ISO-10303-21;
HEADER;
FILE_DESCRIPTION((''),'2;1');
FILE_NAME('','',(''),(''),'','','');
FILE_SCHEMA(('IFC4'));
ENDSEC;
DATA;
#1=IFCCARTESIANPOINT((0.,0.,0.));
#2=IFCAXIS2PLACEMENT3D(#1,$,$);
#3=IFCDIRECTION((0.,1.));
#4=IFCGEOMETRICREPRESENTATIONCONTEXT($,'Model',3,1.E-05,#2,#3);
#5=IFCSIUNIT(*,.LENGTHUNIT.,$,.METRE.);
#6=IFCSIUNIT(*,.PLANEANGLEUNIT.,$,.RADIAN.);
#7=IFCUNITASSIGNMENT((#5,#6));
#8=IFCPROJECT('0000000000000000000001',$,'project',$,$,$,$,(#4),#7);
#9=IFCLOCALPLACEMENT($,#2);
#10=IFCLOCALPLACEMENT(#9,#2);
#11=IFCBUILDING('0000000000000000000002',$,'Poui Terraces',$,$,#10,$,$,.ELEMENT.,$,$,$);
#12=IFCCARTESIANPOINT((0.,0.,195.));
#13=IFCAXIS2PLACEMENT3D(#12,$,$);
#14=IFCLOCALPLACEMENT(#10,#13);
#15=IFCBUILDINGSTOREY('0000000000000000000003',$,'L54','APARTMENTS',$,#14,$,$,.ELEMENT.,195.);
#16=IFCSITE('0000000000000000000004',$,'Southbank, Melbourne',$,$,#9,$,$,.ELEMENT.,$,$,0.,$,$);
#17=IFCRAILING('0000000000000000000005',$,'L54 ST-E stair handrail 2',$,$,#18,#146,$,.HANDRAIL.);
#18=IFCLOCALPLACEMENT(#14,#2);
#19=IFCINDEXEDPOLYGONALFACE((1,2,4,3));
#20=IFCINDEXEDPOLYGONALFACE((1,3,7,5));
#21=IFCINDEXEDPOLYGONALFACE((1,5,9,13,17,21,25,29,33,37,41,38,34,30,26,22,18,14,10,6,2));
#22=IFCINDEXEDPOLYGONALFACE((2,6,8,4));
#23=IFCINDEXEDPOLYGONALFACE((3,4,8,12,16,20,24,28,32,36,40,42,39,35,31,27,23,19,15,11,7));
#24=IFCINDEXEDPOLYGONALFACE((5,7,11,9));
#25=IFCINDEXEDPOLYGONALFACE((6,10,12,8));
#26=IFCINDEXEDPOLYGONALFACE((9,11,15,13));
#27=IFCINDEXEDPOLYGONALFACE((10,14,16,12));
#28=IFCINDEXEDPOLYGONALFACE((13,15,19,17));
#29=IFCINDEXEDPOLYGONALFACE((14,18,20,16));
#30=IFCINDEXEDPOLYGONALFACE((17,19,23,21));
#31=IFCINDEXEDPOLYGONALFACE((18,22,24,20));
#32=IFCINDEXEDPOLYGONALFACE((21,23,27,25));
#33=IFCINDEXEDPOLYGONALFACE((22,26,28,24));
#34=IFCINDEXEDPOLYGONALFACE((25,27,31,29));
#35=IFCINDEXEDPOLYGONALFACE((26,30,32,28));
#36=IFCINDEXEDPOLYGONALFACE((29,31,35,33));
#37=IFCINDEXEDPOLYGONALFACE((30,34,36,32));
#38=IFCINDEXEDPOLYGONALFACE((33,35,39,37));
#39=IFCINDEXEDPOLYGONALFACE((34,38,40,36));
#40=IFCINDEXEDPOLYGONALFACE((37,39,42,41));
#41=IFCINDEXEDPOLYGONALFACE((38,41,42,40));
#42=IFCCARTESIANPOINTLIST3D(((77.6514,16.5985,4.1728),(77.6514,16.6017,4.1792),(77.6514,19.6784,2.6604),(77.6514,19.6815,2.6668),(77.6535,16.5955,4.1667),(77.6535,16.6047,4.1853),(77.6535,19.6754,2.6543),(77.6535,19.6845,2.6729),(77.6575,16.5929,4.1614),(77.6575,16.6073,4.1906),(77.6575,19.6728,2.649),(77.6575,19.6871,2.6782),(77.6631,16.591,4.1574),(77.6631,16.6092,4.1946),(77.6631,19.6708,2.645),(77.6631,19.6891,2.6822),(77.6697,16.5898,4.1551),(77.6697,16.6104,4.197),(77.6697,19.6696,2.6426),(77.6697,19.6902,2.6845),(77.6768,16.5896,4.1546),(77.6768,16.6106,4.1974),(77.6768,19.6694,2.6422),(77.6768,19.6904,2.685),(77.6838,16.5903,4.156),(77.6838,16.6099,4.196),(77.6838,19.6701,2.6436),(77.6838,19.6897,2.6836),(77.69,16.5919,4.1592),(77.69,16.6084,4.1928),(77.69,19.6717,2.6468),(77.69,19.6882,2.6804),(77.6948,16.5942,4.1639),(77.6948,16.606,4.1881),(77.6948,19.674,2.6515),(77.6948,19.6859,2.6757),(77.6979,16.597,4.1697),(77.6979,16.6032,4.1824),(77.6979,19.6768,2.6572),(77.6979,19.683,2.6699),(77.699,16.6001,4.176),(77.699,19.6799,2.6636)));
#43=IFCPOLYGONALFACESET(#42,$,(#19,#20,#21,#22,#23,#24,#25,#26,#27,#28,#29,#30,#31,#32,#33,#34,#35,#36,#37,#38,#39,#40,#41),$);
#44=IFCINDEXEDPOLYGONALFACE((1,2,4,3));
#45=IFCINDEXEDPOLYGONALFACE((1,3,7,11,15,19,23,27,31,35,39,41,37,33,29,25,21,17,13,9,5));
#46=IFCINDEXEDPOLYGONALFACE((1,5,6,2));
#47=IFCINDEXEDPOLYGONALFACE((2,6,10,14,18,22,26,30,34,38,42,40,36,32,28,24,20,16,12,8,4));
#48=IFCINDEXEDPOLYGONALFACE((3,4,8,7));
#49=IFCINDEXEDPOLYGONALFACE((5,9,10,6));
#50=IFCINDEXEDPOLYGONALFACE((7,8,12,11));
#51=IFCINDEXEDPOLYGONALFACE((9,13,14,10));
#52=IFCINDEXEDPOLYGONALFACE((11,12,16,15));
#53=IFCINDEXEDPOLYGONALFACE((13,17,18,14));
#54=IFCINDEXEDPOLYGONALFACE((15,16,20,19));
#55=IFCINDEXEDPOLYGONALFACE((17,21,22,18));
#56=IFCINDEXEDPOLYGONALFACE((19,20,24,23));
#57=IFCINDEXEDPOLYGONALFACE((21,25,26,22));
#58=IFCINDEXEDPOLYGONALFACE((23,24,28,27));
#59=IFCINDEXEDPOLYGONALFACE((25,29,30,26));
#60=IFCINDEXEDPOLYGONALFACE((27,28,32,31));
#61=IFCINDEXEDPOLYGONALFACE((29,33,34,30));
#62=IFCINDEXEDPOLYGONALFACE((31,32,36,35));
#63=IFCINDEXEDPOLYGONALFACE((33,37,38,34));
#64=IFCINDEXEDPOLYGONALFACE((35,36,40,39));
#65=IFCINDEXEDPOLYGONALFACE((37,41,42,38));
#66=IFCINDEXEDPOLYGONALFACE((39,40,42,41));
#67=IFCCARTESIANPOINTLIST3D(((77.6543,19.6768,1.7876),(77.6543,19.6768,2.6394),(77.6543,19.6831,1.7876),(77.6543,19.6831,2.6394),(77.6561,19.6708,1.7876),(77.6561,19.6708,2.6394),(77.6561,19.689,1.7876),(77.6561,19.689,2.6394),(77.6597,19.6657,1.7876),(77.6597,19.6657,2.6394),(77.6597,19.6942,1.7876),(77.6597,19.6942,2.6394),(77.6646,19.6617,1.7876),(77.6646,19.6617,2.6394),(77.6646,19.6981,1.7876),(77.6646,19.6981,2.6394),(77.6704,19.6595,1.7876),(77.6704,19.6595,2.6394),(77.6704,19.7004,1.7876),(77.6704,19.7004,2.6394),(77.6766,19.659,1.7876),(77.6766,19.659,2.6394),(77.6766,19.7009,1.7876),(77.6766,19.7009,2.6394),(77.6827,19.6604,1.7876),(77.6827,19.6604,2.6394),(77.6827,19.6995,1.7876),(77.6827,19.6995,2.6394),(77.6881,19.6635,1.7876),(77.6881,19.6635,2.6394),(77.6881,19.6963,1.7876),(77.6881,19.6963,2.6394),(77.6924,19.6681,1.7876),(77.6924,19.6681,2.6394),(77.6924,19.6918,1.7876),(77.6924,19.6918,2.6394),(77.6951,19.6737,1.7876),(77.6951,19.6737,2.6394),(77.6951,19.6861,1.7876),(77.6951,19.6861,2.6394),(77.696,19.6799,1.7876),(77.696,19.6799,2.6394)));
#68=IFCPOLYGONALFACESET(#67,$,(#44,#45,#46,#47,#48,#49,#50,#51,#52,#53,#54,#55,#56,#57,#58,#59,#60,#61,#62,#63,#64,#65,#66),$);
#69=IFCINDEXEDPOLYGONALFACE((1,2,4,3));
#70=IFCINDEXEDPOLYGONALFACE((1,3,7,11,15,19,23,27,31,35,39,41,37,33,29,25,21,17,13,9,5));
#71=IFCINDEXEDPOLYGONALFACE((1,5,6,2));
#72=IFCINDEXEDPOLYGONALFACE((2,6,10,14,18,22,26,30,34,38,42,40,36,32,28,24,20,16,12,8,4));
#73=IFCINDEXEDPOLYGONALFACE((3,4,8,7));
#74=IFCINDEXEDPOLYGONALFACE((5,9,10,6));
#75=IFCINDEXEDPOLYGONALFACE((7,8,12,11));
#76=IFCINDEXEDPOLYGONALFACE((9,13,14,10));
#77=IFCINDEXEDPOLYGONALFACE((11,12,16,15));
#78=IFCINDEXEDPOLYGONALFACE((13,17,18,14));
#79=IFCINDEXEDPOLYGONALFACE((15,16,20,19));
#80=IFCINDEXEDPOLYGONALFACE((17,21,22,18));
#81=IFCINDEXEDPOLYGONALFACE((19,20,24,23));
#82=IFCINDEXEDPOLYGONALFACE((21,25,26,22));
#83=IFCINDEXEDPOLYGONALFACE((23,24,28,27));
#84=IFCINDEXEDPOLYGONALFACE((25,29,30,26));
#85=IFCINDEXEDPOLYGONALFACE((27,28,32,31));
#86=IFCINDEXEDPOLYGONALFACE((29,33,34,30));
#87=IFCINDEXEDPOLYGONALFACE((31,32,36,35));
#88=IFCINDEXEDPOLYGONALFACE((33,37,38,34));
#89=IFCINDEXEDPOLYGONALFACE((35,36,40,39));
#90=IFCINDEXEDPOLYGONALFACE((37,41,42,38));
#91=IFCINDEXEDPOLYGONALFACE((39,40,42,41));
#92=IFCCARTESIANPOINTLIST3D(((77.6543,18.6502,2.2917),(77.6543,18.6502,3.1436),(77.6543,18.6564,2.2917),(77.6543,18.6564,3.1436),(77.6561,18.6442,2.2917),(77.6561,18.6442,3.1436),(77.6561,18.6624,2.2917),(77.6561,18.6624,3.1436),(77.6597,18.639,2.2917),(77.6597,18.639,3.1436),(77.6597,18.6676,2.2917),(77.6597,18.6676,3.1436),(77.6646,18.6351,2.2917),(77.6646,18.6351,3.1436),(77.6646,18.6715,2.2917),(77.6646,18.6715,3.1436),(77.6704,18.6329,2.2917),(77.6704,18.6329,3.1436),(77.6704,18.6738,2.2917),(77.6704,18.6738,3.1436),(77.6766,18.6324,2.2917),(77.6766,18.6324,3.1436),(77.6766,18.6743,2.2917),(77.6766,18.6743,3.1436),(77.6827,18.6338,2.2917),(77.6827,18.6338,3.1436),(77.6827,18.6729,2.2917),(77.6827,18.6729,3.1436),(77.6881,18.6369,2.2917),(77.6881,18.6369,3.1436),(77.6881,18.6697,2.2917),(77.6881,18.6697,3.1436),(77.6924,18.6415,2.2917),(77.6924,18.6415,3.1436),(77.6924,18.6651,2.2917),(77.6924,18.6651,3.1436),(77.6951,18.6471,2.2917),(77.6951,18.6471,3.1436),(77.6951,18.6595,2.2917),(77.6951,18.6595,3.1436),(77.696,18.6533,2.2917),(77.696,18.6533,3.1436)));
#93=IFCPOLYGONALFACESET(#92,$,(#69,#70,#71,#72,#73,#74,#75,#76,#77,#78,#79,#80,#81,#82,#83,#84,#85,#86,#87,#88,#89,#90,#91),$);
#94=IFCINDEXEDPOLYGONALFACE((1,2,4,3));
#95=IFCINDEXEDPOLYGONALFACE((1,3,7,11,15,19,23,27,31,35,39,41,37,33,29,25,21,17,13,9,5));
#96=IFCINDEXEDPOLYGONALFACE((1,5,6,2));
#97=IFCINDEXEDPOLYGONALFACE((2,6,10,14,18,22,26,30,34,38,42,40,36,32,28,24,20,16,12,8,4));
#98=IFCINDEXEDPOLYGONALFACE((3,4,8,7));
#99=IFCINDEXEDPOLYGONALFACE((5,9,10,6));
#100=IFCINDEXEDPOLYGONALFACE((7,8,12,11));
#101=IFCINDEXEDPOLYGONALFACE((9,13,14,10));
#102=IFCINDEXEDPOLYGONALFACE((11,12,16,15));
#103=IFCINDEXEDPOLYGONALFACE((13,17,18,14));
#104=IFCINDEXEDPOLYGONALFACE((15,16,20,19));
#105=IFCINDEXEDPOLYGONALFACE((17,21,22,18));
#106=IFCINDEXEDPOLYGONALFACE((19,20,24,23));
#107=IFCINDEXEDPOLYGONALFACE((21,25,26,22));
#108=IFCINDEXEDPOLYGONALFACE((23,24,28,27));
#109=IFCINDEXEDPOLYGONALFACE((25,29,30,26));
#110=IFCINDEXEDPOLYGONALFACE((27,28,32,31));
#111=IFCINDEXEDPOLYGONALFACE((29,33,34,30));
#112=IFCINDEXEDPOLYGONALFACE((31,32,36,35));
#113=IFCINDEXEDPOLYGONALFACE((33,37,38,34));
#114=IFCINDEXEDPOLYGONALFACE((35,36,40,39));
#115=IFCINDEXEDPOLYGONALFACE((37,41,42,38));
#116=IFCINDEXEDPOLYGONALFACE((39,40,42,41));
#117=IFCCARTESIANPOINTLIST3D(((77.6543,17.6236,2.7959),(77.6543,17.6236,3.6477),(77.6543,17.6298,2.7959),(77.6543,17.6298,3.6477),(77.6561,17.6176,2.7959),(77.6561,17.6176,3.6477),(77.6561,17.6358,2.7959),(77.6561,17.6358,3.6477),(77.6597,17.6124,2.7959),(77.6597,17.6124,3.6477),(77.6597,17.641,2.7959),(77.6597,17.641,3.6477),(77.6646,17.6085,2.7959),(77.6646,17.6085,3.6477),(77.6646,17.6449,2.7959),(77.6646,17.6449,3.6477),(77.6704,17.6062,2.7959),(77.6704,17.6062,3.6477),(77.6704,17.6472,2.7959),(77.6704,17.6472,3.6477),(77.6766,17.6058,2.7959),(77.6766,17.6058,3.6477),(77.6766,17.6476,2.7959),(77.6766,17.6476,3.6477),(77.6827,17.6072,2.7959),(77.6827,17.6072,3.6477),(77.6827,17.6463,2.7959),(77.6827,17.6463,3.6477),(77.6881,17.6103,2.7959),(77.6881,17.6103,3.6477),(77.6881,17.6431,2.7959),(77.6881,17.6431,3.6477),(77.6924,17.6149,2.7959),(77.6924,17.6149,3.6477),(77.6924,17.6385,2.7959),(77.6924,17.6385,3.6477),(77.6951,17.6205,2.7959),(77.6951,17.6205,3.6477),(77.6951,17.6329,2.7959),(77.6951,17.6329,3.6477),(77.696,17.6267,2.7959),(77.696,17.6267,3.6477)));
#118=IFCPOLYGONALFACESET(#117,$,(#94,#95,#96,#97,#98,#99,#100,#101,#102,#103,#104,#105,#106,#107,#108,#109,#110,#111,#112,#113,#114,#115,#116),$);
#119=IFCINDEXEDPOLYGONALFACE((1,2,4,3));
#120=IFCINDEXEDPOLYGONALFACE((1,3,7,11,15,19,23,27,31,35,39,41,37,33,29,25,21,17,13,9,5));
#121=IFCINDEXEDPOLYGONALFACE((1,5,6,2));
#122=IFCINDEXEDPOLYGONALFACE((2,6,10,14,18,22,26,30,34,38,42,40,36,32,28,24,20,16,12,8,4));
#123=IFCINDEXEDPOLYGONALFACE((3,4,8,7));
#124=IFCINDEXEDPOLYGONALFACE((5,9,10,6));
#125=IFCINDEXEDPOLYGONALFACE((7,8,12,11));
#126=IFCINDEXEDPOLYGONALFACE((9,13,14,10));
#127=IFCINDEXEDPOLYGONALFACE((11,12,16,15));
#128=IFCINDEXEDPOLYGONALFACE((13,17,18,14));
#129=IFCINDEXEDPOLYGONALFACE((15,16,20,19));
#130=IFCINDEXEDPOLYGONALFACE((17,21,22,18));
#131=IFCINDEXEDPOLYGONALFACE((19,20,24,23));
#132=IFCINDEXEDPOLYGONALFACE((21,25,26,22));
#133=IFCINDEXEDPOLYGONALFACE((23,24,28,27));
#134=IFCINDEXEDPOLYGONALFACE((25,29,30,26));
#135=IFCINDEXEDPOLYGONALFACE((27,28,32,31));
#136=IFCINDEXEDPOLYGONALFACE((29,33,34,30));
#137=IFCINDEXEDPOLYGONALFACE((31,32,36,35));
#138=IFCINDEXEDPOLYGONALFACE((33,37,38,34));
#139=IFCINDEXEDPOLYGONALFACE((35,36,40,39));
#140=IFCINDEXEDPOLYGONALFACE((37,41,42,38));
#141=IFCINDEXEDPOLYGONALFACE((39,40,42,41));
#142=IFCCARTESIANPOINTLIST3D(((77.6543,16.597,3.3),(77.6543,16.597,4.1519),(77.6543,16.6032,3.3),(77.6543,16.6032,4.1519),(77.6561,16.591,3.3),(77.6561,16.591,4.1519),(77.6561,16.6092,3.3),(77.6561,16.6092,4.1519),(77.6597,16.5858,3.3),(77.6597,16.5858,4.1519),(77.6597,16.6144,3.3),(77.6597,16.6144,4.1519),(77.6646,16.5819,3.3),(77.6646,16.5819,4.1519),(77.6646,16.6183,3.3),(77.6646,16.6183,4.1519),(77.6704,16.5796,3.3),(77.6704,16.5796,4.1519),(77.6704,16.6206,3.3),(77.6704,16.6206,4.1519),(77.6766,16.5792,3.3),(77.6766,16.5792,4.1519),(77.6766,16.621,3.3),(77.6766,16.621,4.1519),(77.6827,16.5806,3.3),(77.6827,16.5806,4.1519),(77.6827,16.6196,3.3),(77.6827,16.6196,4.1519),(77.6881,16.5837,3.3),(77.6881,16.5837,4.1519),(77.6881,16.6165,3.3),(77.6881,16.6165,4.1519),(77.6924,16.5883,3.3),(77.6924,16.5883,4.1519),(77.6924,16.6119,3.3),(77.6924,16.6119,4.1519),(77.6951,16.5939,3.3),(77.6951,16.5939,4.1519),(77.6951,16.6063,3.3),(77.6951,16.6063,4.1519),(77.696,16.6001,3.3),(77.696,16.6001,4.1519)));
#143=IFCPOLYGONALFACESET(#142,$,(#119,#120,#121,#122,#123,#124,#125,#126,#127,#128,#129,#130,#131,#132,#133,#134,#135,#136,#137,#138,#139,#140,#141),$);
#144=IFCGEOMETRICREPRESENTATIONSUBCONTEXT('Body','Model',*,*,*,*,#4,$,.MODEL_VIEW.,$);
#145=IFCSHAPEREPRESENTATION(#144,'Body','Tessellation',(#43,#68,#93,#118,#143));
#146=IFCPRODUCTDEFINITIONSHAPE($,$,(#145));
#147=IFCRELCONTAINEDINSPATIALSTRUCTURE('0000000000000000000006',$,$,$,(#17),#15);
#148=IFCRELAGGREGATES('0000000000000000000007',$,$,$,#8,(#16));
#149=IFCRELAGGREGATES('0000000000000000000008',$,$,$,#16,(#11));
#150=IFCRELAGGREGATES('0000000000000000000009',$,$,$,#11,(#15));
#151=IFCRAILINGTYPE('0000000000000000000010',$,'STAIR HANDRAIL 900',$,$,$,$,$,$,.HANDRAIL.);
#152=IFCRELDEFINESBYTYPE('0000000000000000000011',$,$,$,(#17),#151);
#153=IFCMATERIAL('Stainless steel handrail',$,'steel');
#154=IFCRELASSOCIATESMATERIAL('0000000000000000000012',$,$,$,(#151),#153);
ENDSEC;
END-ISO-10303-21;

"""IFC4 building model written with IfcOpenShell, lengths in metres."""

from ifc_helpers import new_model, si_unit, direction, frame, origin, origin_2d, place, context, subcontext, project, spatial, circle, extrude, material, type_object, element, save


model = new_model("IFC4")

# Units and contexts
model_context = context("Model", 3, precision=1e-05, world=origin(), true_north=direction((0.0, 1.0)))
body_context = subcontext(model_context, "Body", "Model", "MODEL_VIEW")
ifc_project = project(units=[si_unit("LENGTHUNIT", "METRE"), si_unit("PLANEANGLEUNIT", "RADIAN")], contexts=[model_context])

# Site, building, storey
site_placement = place(None, origin())
site = spatial("IfcSite", under=ifc_project, at=site_placement, Name="Southbank, Melbourne", CompositionType="ELEMENT", RefElevation=0.0)
building_placement = place(site_placement, origin())
building = spatial("IfcBuilding", under=site, at=building_placement, Name="Poui Terraces", CompositionType="ELEMENT")
storey_placement = place(building_placement, frame((0.0, 0.0, 195.0)))
storey = spatial("IfcBuildingStorey", under=building, at=storey_placement, Name="L54", Description="APARTMENTS", CompositionType="ELEMENT", Elevation=195.0)

# Railing
ifc_material_1 = material(Name="Stainless steel handrail", Category="steel")
railing_type_1 = type_object("IfcRailingType", Name="STAIR HANDRAIL 900", PredefinedType="HANDRAIL", material=ifc_material_1)
railing_1_placement = place(storey_placement, frame((77.675, 19.6799, 1.7876)))
element("IfcRailing", 1, at=railing_1_placement, inside=storey, type_object=railing_type_1, Name="L54 ST-E stair handrail 2", PredefinedType="HANDRAIL", context=body_context, shape_type="SweptSolid", body=[
    extrude(circle(Radius=0.0239, at=origin_2d()), frame((0.0, 0.0, 0.876), z_axis=(0.0, -0.897606, 0.440798), x_axis=(1.0, 0.0, 0.0)), (0.0, 0.0, 1.0), 3.4312),
    extrude(circle(Radius=0.021, at=origin_2d()), origin(), (0.0, 0.0, 1.0), 0.8518),
    extrude(circle(Radius=0.021, at=origin_2d()), frame((0.0, -1.0266, 0.5042)), (0.0, 0.0, 1.0), 0.8518),
    extrude(circle(Radius=0.021, at=origin_2d()), frame((0.0, -2.0532, 1.0083)), (0.0, 0.0, 1.0), 0.8518),
    extrude(circle(Radius=0.021, at=origin_2d()), frame((0.0, -3.0798, 1.5125)), (0.0, 0.0, 1.0), 0.8518),
])

save(model, "model.ifc")
